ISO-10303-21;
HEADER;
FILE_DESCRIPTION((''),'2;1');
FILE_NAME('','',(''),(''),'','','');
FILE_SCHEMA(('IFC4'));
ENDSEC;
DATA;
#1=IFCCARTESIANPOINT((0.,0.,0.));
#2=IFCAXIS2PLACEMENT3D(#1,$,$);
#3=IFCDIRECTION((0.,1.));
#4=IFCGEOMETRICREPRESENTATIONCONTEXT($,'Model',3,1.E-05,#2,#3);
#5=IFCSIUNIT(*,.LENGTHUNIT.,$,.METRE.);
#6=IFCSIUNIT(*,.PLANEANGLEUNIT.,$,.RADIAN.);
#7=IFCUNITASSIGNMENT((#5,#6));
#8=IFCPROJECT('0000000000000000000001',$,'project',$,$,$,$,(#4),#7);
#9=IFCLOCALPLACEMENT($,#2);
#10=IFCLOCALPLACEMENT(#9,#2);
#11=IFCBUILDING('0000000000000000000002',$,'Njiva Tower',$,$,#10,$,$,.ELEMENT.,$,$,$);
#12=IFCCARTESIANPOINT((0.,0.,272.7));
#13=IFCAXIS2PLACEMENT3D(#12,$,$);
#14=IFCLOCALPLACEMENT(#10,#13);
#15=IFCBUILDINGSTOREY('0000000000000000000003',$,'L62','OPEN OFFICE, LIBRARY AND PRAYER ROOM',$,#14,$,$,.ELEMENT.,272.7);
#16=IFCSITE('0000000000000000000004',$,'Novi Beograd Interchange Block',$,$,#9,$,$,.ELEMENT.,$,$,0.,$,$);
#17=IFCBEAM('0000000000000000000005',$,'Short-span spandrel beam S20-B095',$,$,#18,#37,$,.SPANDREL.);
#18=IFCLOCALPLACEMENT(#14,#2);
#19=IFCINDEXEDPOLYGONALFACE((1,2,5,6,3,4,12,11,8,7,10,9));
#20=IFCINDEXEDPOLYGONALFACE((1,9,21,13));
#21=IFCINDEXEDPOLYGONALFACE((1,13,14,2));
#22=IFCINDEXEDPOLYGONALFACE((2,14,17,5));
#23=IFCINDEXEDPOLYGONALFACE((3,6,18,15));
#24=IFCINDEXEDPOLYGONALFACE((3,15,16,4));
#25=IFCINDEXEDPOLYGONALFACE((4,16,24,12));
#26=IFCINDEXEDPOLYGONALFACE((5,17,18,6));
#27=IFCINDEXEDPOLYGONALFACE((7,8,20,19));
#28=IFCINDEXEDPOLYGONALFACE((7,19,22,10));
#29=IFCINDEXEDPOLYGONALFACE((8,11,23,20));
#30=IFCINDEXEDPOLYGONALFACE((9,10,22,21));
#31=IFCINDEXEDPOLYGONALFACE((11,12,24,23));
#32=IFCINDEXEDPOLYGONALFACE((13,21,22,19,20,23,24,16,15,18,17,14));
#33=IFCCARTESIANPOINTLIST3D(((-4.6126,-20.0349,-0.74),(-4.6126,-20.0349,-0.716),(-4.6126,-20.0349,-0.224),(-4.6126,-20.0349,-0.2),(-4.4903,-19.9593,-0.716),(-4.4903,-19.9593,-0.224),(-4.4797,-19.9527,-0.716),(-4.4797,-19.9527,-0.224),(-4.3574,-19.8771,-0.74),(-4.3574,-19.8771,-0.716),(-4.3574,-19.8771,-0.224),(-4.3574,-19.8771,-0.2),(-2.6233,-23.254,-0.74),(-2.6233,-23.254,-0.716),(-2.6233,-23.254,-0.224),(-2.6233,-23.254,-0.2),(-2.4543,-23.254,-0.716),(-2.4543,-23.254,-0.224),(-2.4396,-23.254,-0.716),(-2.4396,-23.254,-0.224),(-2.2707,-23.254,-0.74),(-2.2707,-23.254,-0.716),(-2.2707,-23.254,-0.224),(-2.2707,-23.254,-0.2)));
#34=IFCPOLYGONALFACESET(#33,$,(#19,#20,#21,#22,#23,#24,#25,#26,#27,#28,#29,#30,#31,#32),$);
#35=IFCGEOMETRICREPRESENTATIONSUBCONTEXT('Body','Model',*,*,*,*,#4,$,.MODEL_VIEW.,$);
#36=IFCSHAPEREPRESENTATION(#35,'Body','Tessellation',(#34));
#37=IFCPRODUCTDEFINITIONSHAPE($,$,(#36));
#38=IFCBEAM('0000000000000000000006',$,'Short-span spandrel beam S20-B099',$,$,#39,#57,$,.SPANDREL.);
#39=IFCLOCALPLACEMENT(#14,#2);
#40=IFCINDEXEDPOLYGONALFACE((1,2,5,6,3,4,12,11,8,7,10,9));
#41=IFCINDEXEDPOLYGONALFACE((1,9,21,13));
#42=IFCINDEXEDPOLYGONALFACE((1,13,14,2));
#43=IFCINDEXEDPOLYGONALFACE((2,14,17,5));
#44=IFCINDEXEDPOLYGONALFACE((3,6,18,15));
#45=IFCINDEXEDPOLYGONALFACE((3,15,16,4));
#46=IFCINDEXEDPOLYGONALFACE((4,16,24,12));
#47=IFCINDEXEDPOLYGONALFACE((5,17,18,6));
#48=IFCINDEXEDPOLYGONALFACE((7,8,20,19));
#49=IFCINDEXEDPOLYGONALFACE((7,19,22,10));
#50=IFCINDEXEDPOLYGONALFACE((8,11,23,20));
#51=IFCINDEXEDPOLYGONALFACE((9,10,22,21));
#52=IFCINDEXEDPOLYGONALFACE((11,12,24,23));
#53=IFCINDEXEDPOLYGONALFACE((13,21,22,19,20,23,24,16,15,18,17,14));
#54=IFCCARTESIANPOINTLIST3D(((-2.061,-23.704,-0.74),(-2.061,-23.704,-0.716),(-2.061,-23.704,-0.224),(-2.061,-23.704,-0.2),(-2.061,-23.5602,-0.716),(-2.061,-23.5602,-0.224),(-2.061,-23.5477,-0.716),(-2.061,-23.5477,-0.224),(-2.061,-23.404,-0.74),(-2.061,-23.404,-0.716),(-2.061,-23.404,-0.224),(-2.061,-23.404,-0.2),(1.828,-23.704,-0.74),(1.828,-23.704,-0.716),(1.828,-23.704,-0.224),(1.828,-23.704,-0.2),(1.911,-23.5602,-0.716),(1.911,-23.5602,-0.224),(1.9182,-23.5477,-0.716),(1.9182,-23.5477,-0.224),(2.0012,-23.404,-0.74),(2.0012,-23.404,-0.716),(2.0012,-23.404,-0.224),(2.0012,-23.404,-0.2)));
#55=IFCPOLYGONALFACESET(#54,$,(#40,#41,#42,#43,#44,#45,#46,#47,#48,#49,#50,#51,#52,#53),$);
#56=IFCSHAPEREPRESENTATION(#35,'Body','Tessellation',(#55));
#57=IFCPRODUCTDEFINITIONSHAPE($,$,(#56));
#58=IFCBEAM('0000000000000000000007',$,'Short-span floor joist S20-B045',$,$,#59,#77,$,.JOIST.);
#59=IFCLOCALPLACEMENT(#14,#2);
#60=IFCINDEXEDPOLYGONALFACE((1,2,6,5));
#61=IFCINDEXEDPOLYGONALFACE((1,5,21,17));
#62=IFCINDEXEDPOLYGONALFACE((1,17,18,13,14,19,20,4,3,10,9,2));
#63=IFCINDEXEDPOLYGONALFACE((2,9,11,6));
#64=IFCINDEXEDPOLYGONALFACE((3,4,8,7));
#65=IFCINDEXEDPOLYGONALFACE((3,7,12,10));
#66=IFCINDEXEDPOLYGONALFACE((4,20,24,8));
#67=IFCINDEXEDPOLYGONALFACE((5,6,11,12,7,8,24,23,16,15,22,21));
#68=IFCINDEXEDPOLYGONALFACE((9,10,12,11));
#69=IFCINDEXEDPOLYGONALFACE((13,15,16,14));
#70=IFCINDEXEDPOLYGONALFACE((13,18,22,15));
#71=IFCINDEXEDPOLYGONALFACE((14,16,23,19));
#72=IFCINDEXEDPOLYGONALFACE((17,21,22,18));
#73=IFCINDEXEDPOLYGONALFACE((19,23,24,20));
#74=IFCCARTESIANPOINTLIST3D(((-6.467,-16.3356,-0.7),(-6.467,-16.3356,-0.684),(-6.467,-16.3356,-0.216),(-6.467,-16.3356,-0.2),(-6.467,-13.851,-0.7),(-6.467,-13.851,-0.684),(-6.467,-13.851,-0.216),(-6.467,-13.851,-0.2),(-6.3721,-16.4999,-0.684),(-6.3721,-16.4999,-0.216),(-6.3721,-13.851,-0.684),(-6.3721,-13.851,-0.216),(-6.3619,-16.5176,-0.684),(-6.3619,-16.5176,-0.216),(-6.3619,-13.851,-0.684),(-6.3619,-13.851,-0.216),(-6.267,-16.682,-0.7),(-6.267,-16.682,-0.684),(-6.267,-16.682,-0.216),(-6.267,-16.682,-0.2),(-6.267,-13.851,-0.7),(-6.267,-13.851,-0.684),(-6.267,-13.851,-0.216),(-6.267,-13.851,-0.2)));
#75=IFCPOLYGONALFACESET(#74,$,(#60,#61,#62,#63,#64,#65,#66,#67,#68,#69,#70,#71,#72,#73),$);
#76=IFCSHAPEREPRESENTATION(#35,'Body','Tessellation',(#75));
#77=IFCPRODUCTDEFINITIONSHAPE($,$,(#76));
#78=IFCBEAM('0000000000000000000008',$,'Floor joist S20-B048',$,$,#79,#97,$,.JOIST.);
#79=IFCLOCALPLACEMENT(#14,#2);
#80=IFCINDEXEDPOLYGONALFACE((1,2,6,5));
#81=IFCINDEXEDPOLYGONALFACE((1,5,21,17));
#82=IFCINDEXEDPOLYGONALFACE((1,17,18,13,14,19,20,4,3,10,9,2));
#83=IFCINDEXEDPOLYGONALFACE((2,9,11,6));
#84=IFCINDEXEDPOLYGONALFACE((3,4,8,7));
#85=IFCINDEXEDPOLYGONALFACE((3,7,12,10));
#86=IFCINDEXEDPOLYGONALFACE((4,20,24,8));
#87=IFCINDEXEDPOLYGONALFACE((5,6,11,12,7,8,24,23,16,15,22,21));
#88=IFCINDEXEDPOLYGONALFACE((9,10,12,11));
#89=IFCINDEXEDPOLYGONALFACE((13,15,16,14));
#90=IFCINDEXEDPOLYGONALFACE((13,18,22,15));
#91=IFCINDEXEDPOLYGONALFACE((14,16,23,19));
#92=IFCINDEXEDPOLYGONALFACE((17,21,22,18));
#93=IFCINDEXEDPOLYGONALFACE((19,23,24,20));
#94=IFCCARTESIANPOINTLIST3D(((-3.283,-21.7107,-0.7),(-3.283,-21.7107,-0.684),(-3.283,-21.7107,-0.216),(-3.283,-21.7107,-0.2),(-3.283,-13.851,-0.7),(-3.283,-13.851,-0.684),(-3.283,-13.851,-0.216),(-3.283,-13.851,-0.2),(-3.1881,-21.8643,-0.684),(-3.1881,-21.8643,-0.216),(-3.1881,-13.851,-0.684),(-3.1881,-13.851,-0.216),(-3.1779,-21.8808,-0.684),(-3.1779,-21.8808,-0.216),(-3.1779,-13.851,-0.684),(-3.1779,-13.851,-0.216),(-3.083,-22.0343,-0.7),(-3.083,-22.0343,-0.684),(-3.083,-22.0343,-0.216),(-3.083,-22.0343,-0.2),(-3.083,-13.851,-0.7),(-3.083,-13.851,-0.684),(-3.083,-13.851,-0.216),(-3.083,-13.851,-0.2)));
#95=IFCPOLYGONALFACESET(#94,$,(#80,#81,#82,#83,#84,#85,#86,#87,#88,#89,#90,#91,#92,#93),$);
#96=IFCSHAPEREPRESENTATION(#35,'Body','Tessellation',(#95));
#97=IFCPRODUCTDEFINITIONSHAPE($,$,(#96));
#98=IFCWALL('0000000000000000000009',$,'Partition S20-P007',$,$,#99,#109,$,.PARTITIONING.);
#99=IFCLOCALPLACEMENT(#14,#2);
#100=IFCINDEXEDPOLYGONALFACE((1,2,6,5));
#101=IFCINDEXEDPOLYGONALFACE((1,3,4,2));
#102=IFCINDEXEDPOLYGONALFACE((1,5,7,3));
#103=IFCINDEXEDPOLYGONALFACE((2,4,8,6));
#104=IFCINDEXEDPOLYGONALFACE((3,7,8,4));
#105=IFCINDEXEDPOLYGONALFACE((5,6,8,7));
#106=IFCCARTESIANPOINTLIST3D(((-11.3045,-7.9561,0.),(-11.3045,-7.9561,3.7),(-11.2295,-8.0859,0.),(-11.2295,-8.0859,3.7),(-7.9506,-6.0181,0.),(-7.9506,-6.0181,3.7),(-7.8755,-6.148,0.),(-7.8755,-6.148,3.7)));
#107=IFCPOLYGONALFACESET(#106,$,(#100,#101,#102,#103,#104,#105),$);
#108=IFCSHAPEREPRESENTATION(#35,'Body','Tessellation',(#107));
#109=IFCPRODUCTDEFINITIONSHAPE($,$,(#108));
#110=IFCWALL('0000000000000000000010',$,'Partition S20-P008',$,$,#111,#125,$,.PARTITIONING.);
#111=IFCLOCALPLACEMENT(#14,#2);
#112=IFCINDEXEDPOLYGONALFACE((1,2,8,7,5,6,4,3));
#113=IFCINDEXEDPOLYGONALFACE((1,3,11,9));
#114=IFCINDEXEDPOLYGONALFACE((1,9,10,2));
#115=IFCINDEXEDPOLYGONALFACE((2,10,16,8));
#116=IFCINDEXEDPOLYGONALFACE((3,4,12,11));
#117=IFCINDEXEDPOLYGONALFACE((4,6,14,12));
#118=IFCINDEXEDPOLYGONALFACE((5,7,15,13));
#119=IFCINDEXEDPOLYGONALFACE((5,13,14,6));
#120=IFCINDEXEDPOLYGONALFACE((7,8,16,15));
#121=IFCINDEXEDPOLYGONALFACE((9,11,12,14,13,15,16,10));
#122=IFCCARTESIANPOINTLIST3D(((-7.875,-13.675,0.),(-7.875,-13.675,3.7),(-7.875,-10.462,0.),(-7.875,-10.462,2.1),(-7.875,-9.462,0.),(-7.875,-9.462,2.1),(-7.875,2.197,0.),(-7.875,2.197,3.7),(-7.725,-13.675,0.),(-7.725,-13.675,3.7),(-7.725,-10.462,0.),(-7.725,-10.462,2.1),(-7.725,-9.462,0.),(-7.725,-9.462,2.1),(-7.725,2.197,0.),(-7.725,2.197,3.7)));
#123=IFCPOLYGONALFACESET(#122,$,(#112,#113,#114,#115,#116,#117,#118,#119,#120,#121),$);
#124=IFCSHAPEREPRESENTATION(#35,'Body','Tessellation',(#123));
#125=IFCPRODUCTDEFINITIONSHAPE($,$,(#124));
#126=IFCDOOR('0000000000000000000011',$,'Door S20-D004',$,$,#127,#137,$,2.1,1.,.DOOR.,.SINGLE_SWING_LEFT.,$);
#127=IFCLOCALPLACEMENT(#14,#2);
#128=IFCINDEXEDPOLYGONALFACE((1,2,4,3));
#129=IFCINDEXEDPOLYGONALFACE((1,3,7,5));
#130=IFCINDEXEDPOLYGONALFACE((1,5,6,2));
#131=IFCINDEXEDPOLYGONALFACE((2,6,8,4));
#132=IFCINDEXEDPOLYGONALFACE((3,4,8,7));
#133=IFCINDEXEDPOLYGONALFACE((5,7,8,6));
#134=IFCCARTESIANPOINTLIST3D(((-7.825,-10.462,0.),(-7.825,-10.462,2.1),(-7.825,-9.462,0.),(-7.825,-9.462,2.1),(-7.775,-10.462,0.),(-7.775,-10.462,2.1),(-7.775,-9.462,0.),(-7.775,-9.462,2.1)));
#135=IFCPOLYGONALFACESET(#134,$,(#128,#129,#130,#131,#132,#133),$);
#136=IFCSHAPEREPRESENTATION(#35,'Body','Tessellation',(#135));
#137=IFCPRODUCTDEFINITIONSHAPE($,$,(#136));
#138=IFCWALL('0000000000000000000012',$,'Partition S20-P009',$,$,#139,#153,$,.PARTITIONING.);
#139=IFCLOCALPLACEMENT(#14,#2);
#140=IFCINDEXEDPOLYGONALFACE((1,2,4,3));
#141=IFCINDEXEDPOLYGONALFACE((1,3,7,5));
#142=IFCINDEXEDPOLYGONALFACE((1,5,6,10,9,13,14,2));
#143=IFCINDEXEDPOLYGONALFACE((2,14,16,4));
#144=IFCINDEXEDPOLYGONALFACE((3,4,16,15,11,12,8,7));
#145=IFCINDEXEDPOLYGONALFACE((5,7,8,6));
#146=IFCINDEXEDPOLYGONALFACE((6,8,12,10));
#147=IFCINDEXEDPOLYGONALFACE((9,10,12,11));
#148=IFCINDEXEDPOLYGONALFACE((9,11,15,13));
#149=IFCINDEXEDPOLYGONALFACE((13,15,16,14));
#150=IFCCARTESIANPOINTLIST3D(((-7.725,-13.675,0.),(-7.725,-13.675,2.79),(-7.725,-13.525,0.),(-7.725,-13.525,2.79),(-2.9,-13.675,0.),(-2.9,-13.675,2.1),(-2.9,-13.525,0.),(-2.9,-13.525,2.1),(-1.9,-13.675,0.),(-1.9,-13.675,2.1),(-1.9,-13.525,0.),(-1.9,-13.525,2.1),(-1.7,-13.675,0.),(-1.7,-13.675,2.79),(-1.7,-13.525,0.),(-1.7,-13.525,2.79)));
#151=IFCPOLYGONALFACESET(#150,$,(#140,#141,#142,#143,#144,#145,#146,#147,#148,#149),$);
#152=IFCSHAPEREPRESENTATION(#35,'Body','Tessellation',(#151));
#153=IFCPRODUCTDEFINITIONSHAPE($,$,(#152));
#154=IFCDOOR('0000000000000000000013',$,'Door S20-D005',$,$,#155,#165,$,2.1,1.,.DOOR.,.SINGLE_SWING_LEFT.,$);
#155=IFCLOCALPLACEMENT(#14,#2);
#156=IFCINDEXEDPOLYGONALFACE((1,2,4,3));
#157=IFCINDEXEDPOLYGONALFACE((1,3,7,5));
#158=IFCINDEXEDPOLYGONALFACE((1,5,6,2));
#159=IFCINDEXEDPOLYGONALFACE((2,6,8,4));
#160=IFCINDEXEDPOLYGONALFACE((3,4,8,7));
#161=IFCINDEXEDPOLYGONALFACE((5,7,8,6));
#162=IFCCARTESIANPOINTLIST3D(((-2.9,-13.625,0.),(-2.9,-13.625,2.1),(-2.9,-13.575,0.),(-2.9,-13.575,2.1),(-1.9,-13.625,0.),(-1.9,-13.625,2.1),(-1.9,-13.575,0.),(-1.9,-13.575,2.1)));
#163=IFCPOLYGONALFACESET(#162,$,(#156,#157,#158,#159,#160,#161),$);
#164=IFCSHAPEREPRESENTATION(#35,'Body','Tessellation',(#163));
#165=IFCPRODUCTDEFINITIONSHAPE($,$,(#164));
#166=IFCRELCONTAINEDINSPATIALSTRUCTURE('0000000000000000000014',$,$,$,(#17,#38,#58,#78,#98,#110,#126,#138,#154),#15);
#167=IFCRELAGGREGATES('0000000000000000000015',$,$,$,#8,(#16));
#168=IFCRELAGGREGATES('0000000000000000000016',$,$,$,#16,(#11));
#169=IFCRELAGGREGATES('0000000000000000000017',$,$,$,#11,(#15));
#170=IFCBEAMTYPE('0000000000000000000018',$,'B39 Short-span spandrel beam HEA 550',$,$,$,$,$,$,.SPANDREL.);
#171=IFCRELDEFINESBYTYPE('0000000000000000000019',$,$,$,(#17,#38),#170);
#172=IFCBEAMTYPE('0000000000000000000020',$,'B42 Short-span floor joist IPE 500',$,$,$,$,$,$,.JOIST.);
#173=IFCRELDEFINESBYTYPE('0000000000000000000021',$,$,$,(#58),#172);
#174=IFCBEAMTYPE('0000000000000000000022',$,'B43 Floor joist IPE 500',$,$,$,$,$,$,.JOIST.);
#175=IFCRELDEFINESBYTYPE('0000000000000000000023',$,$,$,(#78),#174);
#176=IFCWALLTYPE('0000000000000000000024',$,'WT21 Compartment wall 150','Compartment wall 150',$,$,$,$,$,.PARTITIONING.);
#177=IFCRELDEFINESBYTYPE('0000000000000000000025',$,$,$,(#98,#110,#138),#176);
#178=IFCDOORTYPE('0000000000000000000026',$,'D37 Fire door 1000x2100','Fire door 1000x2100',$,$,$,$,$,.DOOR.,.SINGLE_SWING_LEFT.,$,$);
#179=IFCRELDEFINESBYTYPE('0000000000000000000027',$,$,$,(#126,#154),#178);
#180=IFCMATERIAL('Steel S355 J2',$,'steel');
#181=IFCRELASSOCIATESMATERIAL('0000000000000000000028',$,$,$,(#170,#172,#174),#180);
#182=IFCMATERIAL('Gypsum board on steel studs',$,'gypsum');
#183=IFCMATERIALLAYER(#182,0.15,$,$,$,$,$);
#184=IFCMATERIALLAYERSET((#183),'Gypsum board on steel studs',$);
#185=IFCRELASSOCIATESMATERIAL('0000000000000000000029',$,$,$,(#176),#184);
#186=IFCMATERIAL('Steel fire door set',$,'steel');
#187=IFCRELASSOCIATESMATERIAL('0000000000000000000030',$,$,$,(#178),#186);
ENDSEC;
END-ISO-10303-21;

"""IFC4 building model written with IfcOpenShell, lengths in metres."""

from ifc_helpers import new_model, si_unit, direction, frame, frame_2d, origin, origin_2d, place, context, subcontext, project, spatial, rectangle, i_section, extrude, clip, halfspace, material, layer, layer_set, material_profile, profile_set, type_object, element, fill, save


model = new_model("IFC4")

# Units and contexts
model_context = context("Model", 3, precision=1e-05, world=origin(), true_north=direction((0.0, 1.0)))
body_context = subcontext(model_context, "Body", "Model", "MODEL_VIEW")
ifc_project = project(units=[si_unit("LENGTHUNIT", "METRE"), si_unit("PLANEANGLEUNIT", "RADIAN")], contexts=[model_context])

# Site, building, storey
site_placement = place(None, origin())
site = spatial("IfcSite", under=ifc_project, at=site_placement, Name="Novi Beograd Interchange Block", CompositionType="ELEMENT", RefElevation=0.0)
building_placement = place(site_placement, origin())
building = spatial("IfcBuilding", under=site, at=building_placement, Name="Njiva Tower", CompositionType="ELEMENT")
storey_placement = place(building_placement, frame((0.0, 0.0, 272.7)))
storey = spatial("IfcBuildingStorey", under=building, at=storey_placement, Name="L62", Description="OPEN OFFICE, LIBRARY AND PRAYER ROOM", CompositionType="ELEMENT", Elevation=272.7)

# Shared definitions
ifc_material_1 = material(Name="Steel S355 J2", Category="steel")

# Beams
ifc_material_profile_1 = material_profile(ifc_material_1, i_section(OverallWidth=0.3, OverallDepth=0.54, WebThickness=0.0125, FlangeThickness=0.024, at=origin_2d()), Name="HEA 550")
ifc_profile_set_1 = profile_set([ifc_material_profile_1], Name="Steel S355 J2")
beam_type_1 = type_object("IfcBeamType", Name="B39 Short-span spandrel beam HEA 550", PredefinedType="SPANDREL", material=ifc_profile_set_1)
beam_1_placement = place(storey_placement, frame((-4.485, -19.956, -0.47), z_axis=(0.52568, -0.850683, 0.0), x_axis=(0.850683, 0.52568, 0.0)))
element("IfcBeam", 1, at=beam_1_placement, inside=storey, type_object=beam_type_1, Name="Short-span spandrel beam S20-B095", PredefinedType="SPANDREL", context=body_context, shape_type="Clipping", body=[
    clip(extrude(i_section(OverallWidth=0.3, OverallDepth=0.54, WebThickness=0.0125, FlangeThickness=0.024, at=origin_2d()), origin(), (0.0, 0.0, 1.0), 3.9899), halfspace(frame((-0.0259, 0.0, 3.8609), z_axis=(-0.52568, 0.0, 0.850683), x_axis=(0.0, 1.0, 0.0)), False)),
])
beam_2_placement = place(storey_placement, frame((-2.061, -23.554, -0.47), z_axis=(1.0, 0.0, 0.0), x_axis=(0.0, 1.0, 0.0)))
element("IfcBeam", 2, at=beam_2_placement, inside=storey, type_object=beam_type_1, Name="Short-span spandrel beam S20-B099", PredefinedType="SPANDREL", context=body_context, shape_type="Clipping", body=[
    clip(extrude(i_section(OverallWidth=0.3, OverallDepth=0.54, WebThickness=0.0125, FlangeThickness=0.024, at=origin_2d()), origin(), (0.0, 0.0, 1.0), 4.083), halfspace(frame((-0.0248, 0.0, 3.9613), z_axis=(-0.499998, 0.0, 0.866027), x_axis=(0.0, 1.0, 0.0)), False)),
])
ifc_material_profile_2 = material_profile(ifc_material_1, i_section(OverallWidth=0.2, OverallDepth=0.5, WebThickness=0.0102, FlangeThickness=0.016, at=origin_2d()), Name="IPE 500")
ifc_profile_set_2 = profile_set([ifc_material_profile_2], Name="Steel S355 J2")
beam_type_2 = type_object("IfcBeamType", Name="B42 Short-span floor joist IPE 500", PredefinedType="JOIST", material=ifc_profile_set_2)
beam_3_placement = place(storey_placement, frame((-6.367, -13.851, -0.45), z_axis=(0.0, -1.0, 0.0), x_axis=(1.0, 0.0, 0.0)))
element("IfcBeam", 3, at=beam_3_placement, inside=storey, type_object=beam_type_2, Name="Short-span floor joist S20-B045", PredefinedType="JOIST", context=body_context, shape_type="Clipping", body=[
    clip(extrude(i_section(OverallWidth=0.2, OverallDepth=0.5, WebThickness=0.0102, FlangeThickness=0.016, at=origin_2d()), origin(), (0.0, 0.0, 1.0), 2.851), halfspace(frame((-0.043, 0.0, 2.5833), z_axis=(-0.866027, 0.0, 0.499998), x_axis=(0.0, 1.0, 0.0)), False)),
])
ifc_material_profile_3 = material_profile(ifc_material_1, i_section(OverallWidth=0.2, OverallDepth=0.5, WebThickness=0.0102, FlangeThickness=0.016, at=origin_2d()), Name="IPE 500")
ifc_profile_set_3 = profile_set([ifc_material_profile_3], Name="Steel S355 J2")
beam_type_3 = type_object("IfcBeamType", Name="B43 Floor joist IPE 500", PredefinedType="JOIST", material=ifc_profile_set_3)
beam_4_placement = place(storey_placement, frame((-3.183, -13.851, -0.45), z_axis=(0.0, -1.0, 0.0), x_axis=(1.0, 0.0, 0.0)))
element("IfcBeam", 4, at=beam_4_placement, inside=storey, type_object=beam_type_3, Name="Floor joist S20-B048", PredefinedType="JOIST", context=body_context, shape_type="Clipping", body=[
    clip(extrude(i_section(OverallWidth=0.2, OverallDepth=0.5, WebThickness=0.0102, FlangeThickness=0.016, at=origin_2d()), origin(), (0.0, 0.0, 1.0), 8.203), halfspace(frame((-0.0429, 0.0, 7.9521), z_axis=(-0.85062, 0.0, 0.52578), x_axis=(0.0, 1.0, 0.0)), False)),
])

# Wall
ifc_material_2 = material(Name="Gypsum board on steel studs", Category="gypsum")
ifc_layer_1 = layer(ifc_material_2, 0.15)
ifc_layer_set_1 = layer_set([ifc_layer_1], Name="Gypsum board on steel studs")
wall_type_1 = type_object("IfcWallType", Name="WT21 Compartment wall 150", Description="Compartment wall 150", PredefinedType="PARTITIONING", material=ifc_layer_set_1)
wall_1_placement = place(storey_placement, frame((-11.267, -8.021, 0.0), z_axis=(0.0, 0.0, 1.0), x_axis=(0.86585, 0.500303, 0.0)))
element("IfcWall", 5, at=wall_1_placement, inside=storey, type_object=wall_type_1, Name="Partition S20-P007", PredefinedType="PARTITIONING", context=body_context, shape_type="SweptSolid", body=[
    extrude(rectangle(XDim=3.8736, YDim=0.15, at=frame_2d((1.9368, 0.0))), origin(), (0.0, 0.0, 1.0), 3.7),
])

# Walls, openings, doors
wall_2_placement = place(storey_placement, frame((-7.8, -13.675, 0.0), z_axis=(0.0, 0.0, 1.0), x_axis=(0.0, 1.0, 0.0)))
wall_2 = element("IfcWall", 6, at=wall_2_placement, inside=storey, type_object=wall_type_1, Name="Partition S20-P008", PredefinedType="PARTITIONING", context=body_context, shape_type="SweptSolid", body=[
    extrude(rectangle(XDim=15.872, YDim=0.15, at=frame_2d((7.936, 0.0))), origin(), (0.0, 0.0, 1.0), 3.7),
])
opening_1_placement = place(wall_2_placement, frame((3.213, 0.0, 0.0)))
opening_1 = element("IfcOpeningElement", 7, at=opening_1_placement, cuts=wall_2, PredefinedType="OPENING", context=body_context, shape_type="SweptSolid", body=[
    extrude(rectangle(XDim=1.0, YDim=2.1, at=frame_2d((0.5, 1.05))), frame((0.0, 0.085, 0.0), z_axis=(0.0, -1.0, 0.0), x_axis=(1.0, 0.0, 0.0)), (0.0, 0.0, 1.0), 0.17),
])
ifc_material_3 = material(Name="Steel fire door set", Category="steel")
door_type = type_object("IfcDoorType", Name="D37 Fire door 1000x2100", Description="Fire door 1000x2100", OperationType="SINGLE_SWING_LEFT", PredefinedType="DOOR", material=ifc_material_3)
door_1_placement = place(opening_1_placement, origin())
door_1 = element("IfcDoor", 8, at=door_1_placement, inside=storey, type_object=door_type, Name="Door S20-D004", OperationType="SINGLE_SWING_LEFT", OverallHeight=2.1, OverallWidth=1.0, PredefinedType="DOOR", context=body_context, shape_type="SweptSolid", body=[
    extrude(rectangle(XDim=1.0, YDim=2.1, at=frame_2d((0.5, 1.05))), frame((0.0, 0.025, 0.0), z_axis=(0.0, -1.0, 0.0), x_axis=(1.0, 0.0, 0.0)), (0.0, 0.0, 1.0), 0.05),
])
fill(opening_1, door_1)
wall_3_placement = place(storey_placement, frame((-7.725, -13.6, 0.0), z_axis=(0.0, 0.0, 1.0), x_axis=(1.0, 0.0, 0.0)))
wall_3 = element("IfcWall", 9, at=wall_3_placement, inside=storey, type_object=wall_type_1, Name="Partition S20-P009", PredefinedType="PARTITIONING", context=body_context, shape_type="SweptSolid", body=[
    extrude(rectangle(XDim=6.025, YDim=0.15, at=frame_2d((3.0125, 0.0))), origin(), (0.0, 0.0, 1.0), 2.79),
])
opening_2_placement = place(wall_3_placement, frame((4.825, 0.0, 0.0)))
opening_2 = element("IfcOpeningElement", 10, at=opening_2_placement, cuts=wall_3, PredefinedType="OPENING", context=body_context, shape_type="SweptSolid", body=[
    extrude(rectangle(XDim=1.0, YDim=2.1, at=frame_2d((0.5, 1.05))), frame((0.0, 0.085, 0.0), z_axis=(0.0, -1.0, 0.0), x_axis=(1.0, 0.0, 0.0)), (0.0, 0.0, 1.0), 0.17),
])
door_2_placement = place(opening_2_placement, origin())
door_2 = element("IfcDoor", 11, at=door_2_placement, inside=storey, type_object=door_type, Name="Door S20-D005", OperationType="SINGLE_SWING_LEFT", OverallHeight=2.1, OverallWidth=1.0, PredefinedType="DOOR", context=body_context, shape_type="SweptSolid", body=[
    extrude(rectangle(XDim=1.0, YDim=2.1, at=frame_2d((0.5, 1.05))), frame((0.0, 0.025, 0.0), z_axis=(0.0, -1.0, 0.0), x_axis=(1.0, 0.0, 0.0)), (0.0, 0.0, 1.0), 0.05),
])
fill(opening_2, door_2)

save(model, "model.ifc")
